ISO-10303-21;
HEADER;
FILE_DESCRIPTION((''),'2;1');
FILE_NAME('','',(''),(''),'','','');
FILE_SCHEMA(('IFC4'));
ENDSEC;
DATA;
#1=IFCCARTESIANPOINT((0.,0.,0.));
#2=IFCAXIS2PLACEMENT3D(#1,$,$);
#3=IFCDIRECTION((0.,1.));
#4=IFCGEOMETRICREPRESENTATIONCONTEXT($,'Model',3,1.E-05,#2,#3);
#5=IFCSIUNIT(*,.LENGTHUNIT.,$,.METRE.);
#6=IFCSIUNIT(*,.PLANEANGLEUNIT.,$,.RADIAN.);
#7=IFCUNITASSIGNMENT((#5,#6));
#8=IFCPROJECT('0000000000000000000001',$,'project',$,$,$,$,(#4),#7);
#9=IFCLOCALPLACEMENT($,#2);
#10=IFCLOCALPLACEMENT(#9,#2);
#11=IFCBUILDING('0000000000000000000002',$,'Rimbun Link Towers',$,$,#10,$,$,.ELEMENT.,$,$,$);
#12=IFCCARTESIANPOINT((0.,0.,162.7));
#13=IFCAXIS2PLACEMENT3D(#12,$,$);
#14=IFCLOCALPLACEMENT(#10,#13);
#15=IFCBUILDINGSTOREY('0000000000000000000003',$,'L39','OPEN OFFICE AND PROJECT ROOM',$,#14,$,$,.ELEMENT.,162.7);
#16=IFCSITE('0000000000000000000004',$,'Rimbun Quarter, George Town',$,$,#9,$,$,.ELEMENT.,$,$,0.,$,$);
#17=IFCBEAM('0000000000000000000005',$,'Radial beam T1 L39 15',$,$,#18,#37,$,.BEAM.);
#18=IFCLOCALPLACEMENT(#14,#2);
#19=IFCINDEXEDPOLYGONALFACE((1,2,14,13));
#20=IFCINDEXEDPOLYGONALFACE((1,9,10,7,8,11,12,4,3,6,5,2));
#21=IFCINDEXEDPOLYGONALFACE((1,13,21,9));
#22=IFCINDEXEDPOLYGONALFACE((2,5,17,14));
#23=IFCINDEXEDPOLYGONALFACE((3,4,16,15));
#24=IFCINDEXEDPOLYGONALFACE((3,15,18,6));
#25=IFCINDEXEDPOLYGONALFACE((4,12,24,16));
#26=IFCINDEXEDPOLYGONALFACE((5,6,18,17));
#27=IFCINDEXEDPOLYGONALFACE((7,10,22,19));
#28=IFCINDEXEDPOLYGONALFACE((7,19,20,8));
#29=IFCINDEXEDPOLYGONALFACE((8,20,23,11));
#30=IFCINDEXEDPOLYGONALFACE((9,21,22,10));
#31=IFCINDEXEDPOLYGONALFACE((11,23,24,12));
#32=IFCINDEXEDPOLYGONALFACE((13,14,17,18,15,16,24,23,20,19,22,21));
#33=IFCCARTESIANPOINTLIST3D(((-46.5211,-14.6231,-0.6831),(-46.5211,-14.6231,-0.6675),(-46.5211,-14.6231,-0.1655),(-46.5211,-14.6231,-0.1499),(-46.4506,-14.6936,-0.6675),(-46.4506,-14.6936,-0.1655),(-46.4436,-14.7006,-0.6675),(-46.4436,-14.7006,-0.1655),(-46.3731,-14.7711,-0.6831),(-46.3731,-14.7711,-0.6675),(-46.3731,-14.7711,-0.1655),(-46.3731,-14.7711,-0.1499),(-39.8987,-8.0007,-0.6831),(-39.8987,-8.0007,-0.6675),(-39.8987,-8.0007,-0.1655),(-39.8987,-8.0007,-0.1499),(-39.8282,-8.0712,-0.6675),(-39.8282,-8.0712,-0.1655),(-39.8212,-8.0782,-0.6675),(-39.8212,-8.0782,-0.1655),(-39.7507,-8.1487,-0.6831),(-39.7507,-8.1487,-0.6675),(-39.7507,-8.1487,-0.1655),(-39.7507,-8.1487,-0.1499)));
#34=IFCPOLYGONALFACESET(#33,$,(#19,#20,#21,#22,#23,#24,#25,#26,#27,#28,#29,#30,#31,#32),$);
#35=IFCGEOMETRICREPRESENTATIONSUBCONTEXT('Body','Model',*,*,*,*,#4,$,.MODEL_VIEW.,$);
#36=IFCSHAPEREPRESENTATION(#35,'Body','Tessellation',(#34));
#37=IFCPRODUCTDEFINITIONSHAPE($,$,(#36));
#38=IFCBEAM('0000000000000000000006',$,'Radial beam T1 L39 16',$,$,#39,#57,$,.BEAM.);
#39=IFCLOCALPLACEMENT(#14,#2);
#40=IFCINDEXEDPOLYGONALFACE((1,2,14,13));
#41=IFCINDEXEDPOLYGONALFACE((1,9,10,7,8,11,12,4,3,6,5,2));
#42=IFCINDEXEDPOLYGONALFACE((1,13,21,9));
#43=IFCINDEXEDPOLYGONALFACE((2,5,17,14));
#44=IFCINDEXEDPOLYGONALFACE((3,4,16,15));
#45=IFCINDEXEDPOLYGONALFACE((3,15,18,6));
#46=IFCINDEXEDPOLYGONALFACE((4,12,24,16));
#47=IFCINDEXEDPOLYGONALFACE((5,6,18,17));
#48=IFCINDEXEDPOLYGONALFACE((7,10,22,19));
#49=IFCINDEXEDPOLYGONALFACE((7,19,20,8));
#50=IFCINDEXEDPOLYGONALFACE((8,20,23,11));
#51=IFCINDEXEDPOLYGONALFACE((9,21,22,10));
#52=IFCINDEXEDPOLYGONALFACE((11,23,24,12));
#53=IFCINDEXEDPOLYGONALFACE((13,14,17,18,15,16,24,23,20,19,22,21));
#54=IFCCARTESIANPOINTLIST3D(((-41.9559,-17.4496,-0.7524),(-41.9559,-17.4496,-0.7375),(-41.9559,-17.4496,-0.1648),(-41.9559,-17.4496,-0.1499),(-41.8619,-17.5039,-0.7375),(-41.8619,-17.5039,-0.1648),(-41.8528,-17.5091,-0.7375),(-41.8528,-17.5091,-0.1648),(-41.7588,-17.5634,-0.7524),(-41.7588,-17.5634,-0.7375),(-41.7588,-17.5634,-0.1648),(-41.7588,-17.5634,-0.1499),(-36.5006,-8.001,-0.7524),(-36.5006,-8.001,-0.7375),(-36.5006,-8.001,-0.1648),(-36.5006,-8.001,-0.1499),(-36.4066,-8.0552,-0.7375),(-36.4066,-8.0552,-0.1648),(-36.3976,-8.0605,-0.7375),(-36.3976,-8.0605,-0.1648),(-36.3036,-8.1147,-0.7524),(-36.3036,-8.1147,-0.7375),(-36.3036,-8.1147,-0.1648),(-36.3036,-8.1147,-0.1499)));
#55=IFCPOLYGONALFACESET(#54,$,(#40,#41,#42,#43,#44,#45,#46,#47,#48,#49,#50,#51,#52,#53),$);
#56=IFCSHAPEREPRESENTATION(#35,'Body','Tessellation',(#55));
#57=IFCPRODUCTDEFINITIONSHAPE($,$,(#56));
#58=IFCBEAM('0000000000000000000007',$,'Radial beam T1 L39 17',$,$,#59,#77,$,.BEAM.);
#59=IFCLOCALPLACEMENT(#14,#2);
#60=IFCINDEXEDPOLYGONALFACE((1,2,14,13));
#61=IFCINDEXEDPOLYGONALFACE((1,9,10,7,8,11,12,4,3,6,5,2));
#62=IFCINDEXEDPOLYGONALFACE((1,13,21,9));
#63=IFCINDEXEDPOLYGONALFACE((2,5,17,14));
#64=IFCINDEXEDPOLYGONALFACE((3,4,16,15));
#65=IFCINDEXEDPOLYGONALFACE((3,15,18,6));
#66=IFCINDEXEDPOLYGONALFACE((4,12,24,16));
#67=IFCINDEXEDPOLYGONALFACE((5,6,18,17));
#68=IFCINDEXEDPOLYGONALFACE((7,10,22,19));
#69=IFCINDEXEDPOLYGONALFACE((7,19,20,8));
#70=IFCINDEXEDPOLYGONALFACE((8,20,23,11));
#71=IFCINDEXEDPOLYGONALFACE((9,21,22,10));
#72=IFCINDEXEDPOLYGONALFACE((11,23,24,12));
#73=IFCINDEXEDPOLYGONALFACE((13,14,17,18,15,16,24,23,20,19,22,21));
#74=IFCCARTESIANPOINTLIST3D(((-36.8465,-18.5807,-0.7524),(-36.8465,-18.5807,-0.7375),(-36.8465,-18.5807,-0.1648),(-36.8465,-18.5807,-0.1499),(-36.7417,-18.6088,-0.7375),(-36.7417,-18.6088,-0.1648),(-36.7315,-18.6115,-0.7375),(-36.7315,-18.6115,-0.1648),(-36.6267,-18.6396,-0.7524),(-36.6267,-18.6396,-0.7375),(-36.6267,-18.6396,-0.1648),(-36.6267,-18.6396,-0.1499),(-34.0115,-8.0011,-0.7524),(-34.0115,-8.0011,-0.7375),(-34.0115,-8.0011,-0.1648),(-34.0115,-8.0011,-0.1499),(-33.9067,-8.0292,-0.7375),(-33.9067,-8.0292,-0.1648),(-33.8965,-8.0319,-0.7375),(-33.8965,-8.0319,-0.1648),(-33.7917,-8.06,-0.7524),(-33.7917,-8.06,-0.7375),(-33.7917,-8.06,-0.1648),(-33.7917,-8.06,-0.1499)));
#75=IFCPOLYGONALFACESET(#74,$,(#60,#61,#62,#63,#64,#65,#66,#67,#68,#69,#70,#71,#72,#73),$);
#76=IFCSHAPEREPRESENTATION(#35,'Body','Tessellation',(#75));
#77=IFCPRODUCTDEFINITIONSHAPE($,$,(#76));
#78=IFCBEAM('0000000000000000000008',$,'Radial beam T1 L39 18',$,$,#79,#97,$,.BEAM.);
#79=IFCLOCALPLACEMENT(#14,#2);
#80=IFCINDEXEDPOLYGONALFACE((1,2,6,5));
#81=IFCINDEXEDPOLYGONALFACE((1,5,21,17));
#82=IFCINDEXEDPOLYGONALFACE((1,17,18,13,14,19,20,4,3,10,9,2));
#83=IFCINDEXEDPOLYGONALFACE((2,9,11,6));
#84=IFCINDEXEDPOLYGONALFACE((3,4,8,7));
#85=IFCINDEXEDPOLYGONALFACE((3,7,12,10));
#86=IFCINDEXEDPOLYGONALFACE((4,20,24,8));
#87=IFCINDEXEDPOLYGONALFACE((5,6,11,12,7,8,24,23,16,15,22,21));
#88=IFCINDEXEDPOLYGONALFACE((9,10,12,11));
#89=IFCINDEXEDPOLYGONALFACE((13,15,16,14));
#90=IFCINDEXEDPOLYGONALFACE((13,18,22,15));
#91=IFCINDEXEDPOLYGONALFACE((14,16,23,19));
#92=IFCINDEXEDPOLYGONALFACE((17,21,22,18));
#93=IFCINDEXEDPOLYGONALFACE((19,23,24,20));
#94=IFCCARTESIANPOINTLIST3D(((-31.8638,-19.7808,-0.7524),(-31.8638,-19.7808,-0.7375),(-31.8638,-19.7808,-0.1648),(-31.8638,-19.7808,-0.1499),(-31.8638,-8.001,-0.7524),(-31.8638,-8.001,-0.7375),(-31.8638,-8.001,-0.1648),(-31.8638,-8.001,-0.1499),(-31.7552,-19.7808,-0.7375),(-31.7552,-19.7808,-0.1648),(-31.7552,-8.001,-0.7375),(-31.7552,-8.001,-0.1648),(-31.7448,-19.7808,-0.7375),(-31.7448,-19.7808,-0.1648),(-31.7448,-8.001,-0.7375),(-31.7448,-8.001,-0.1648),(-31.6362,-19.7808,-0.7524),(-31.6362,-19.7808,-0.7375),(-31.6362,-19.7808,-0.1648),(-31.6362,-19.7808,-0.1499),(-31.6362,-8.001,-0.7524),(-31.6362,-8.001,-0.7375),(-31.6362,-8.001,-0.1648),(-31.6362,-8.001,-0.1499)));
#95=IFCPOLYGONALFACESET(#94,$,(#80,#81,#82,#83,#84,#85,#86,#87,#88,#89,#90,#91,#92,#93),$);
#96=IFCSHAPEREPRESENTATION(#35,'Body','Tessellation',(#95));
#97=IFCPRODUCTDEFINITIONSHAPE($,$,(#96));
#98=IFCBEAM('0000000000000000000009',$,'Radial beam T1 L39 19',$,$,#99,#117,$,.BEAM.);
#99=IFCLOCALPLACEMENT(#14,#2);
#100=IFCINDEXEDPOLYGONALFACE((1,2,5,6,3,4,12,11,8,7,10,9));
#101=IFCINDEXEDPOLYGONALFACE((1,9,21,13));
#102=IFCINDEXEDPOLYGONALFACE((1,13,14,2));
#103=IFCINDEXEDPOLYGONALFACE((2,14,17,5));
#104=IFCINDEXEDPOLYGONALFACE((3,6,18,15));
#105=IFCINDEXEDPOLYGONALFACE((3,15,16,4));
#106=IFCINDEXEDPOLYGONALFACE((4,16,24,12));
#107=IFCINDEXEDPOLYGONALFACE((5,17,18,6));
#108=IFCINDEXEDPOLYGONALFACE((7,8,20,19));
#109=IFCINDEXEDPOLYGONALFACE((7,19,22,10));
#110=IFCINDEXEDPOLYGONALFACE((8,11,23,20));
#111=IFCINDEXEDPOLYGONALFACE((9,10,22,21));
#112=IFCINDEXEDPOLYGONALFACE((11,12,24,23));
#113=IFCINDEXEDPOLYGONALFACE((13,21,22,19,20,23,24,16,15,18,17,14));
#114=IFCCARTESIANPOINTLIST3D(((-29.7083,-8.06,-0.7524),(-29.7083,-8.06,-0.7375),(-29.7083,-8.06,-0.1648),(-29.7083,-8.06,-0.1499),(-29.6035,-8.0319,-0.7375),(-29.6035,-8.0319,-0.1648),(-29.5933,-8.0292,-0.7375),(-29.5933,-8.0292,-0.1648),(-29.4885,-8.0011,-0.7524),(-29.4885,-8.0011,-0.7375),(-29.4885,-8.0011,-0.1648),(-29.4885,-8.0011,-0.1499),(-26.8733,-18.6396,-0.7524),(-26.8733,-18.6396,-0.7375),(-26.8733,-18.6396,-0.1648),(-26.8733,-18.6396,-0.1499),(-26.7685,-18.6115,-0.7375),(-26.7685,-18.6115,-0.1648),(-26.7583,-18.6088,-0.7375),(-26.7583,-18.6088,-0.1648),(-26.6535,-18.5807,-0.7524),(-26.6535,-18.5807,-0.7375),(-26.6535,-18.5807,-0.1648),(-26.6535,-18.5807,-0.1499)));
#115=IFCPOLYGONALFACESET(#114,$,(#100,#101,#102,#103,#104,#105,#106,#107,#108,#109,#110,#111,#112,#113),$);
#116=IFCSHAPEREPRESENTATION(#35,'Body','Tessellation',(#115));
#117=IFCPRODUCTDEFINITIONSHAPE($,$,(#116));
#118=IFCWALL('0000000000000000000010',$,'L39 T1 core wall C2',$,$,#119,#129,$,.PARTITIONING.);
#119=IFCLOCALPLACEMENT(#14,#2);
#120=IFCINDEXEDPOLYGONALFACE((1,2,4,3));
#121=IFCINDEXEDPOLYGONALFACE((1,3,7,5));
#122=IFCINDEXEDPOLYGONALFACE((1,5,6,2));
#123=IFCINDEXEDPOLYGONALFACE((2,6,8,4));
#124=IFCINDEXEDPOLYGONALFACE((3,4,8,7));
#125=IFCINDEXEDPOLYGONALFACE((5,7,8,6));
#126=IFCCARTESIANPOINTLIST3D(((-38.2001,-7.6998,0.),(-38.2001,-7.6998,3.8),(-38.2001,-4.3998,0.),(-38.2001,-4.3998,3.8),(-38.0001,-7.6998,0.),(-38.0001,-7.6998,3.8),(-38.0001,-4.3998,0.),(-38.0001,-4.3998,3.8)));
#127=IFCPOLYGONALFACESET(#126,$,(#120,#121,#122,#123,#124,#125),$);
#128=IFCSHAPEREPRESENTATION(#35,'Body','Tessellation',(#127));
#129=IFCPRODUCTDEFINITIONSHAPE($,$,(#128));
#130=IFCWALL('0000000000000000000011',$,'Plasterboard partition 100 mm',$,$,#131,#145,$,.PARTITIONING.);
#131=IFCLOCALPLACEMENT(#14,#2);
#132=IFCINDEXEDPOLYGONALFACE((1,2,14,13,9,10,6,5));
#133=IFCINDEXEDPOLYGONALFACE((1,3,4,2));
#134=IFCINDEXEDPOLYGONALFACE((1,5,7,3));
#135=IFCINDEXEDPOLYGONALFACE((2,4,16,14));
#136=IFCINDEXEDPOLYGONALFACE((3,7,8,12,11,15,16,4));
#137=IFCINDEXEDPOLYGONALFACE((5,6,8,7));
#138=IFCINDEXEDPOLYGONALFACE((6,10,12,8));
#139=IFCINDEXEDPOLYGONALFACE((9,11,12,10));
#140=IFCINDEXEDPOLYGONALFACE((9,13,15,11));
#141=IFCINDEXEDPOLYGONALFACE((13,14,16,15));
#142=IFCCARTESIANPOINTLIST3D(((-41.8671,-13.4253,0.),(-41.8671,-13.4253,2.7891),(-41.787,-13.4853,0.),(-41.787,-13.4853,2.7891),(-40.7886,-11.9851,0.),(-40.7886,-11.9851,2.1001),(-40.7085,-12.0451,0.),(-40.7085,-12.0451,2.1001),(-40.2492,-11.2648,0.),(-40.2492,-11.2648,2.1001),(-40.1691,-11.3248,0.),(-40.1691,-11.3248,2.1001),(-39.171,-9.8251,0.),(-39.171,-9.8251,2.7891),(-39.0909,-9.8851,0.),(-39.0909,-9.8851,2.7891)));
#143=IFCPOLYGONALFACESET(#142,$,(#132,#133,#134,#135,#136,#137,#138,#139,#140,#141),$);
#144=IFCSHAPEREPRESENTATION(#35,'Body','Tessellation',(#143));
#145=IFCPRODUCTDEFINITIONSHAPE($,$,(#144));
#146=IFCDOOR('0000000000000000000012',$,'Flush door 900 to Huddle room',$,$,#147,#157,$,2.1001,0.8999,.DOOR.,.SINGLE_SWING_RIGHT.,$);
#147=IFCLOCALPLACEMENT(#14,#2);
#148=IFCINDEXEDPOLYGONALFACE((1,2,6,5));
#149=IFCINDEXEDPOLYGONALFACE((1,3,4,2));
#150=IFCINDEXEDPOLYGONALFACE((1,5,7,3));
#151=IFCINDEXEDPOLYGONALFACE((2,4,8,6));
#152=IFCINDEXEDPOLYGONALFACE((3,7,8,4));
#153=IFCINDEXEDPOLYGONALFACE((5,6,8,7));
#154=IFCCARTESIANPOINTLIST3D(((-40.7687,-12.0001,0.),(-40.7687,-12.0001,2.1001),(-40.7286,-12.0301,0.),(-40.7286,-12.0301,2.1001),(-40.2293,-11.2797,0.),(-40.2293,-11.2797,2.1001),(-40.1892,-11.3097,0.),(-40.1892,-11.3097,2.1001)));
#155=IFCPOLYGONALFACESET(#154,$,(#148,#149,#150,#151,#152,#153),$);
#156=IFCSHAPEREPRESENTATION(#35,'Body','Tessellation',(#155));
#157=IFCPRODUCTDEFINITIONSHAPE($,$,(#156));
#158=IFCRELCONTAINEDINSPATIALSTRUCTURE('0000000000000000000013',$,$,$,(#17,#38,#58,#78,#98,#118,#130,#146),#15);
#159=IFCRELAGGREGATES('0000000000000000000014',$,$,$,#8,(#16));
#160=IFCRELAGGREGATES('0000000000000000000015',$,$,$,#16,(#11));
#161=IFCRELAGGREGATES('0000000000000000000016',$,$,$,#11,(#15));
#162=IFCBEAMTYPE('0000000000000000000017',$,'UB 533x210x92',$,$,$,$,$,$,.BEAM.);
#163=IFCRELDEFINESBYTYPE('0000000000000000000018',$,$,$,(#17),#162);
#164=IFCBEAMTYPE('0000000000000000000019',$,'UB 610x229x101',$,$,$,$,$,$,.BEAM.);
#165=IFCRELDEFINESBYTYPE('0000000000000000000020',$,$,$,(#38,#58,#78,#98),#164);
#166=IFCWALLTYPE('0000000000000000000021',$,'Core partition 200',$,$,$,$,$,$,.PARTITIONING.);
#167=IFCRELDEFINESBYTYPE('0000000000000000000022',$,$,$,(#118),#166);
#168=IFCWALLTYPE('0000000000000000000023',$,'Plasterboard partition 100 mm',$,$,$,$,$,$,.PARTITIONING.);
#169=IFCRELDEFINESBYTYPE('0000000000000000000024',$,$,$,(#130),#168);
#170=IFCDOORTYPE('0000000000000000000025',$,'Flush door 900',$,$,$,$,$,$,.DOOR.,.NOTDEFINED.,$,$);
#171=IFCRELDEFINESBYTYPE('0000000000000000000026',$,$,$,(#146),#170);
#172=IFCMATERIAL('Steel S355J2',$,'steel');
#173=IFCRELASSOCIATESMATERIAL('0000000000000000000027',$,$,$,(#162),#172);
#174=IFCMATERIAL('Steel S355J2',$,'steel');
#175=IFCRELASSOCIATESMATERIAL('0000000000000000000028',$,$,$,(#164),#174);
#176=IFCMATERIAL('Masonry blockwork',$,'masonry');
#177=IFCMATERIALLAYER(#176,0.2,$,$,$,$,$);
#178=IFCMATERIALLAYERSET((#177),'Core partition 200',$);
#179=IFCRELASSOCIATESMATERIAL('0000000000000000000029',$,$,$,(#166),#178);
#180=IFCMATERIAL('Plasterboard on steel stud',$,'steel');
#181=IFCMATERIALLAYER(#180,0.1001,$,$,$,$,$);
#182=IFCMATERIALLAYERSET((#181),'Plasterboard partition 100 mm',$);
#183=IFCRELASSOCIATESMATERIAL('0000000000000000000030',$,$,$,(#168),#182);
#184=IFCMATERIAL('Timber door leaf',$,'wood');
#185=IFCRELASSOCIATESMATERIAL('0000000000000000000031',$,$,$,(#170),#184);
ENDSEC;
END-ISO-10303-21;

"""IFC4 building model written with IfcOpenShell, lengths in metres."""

from ifc_helpers import new_model, si_unit, direction, frame, frame_2d, origin, origin_2d, place, context, subcontext, project, spatial, rectangle, i_section, extrude, material, layer, layer_set, material_profile, profile_set, type_object, element, fill, save


model = new_model("IFC4")

# Units and contexts
model_context = context("Model", 3, precision=1e-05, world=origin(), true_north=direction((0.0, 1.0)))
body_context = subcontext(model_context, "Body", "Model", "MODEL_VIEW")
ifc_project = project(units=[si_unit("LENGTHUNIT", "METRE"), si_unit("PLANEANGLEUNIT", "RADIAN")], contexts=[model_context])

# Site, building, storey
site_placement = place(None, origin())
site = spatial("IfcSite", under=ifc_project, at=site_placement, Name="Rimbun Quarter, George Town", CompositionType="ELEMENT", RefElevation=0.0)
building_placement = place(site_placement, origin())
building = spatial("IfcBuilding", under=site, at=building_placement, Name="Rimbun Link Towers", CompositionType="ELEMENT")
storey_placement = place(building_placement, frame((0.0, 0.0, 162.7)))
storey = spatial("IfcBuildingStorey", under=building, at=storey_placement, Name="L39", Description="OPEN OFFICE AND PROJECT ROOM", CompositionType="ELEMENT", Elevation=162.7)

# Beams
ifc_material_1 = material(Name="Steel S355J2", Category="steel")
ifc_material_profile_1 = material_profile(ifc_material_1, i_section(OverallWidth=0.2092, OverallDepth=0.5332, WebThickness=0.01, FlangeThickness=0.0156, at=origin_2d()), Name="UB 533x210x92")
ifc_profile_set_1 = profile_set([ifc_material_profile_1], Name="Steel S355J2")
beam_type_1 = type_object("IfcBeamType", Name="UB 533x210x92", PredefinedType="BEAM", material=ifc_profile_set_1)
beam_1_placement = place(storey_placement, frame((-39.8247, -8.0747, -0.4165), z_axis=(-0.707107, -0.707107, 0.0), x_axis=(0.707107, -0.707107, 0.0)))
element("IfcBeam", 1, at=beam_1_placement, inside=storey, type_object=beam_type_1, Name="Radial beam T1 L39 15", PredefinedType="BEAM", context=body_context, shape_type="SweptSolid", body=[
    extrude(i_section(OverallWidth=0.2092, OverallDepth=0.5332, WebThickness=0.01, FlangeThickness=0.0156, at=origin_2d()), origin(), (0.0, 0.0, 1.0), 9.3655),
])
ifc_material_2 = material(Name="Steel S355J2", Category="steel")
ifc_material_profile_2 = material_profile(ifc_material_2, i_section(OverallWidth=0.2275, OverallDepth=0.6025, WebThickness=0.0105, FlangeThickness=0.0149, at=origin_2d()), Name="UB 610x229x101")
ifc_profile_set_2 = profile_set([ifc_material_profile_2], Name="Steel S355J2")
beam_type_2 = type_object("IfcBeamType", Name="UB 610x229x101", PredefinedType="BEAM", material=ifc_profile_set_2)
beam_2_placement = place(storey_placement, frame((-36.4021, -8.0579, -0.4512), z_axis=(-0.500007, -0.866022, 0.0), x_axis=(0.866022, -0.500007, 0.0)))
element("IfcBeam", 2, at=beam_2_placement, inside=storey, type_object=beam_type_2, Name="Radial beam T1 L39 16", PredefinedType="BEAM", context=body_context, shape_type="SweptSolid", body=[
    extrude(i_section(OverallWidth=0.2275, OverallDepth=0.6025, WebThickness=0.0105, FlangeThickness=0.0149, at=origin_2d()), origin(), (0.0, 0.0, 1.0), 10.9104),
])
beam_3_placement = place(storey_placement, frame((-33.9016, -8.0305, -0.4512), z_axis=(-0.258833, -0.965922, 0.0), x_axis=(0.965922, -0.258833, 0.0)))
element("IfcBeam", 3, at=beam_3_placement, inside=storey, type_object=beam_type_2, Name="Radial beam T1 L39 17", PredefinedType="BEAM", context=body_context, shape_type="SweptSolid", body=[
    extrude(i_section(OverallWidth=0.2275, OverallDepth=0.6025, WebThickness=0.0105, FlangeThickness=0.0149, at=origin_2d()), origin(), (0.0, 0.0, 1.0), 10.9529),
])
beam_4_placement = place(storey_placement, frame((-31.75, -8.001, -0.4512), z_axis=(0.0, -1.0, 0.0), x_axis=(1.0, 0.0, 0.0)))
element("IfcBeam", 4, at=beam_4_placement, inside=storey, type_object=beam_type_2, Name="Radial beam T1 L39 18", PredefinedType="BEAM", context=body_context, shape_type="SweptSolid", body=[
    extrude(i_section(OverallWidth=0.2275, OverallDepth=0.6025, WebThickness=0.0105, FlangeThickness=0.0149, at=origin_2d()), origin(), (0.0, 0.0, 1.0), 11.7798),
])
beam_5_placement = place(storey_placement, frame((-29.5984, -8.0305, -0.4512), z_axis=(0.258833, -0.965922, 0.0), x_axis=(0.965922, 0.258833, 0.0)))
element("IfcBeam", 5, at=beam_5_placement, inside=storey, type_object=beam_type_2, Name="Radial beam T1 L39 19", PredefinedType="BEAM", context=body_context, shape_type="SweptSolid", body=[
    extrude(i_section(OverallWidth=0.2275, OverallDepth=0.6025, WebThickness=0.0105, FlangeThickness=0.0149, at=origin_2d()), origin(), (0.0, 0.0, 1.0), 10.9529),
])

# Wall
ifc_material_3 = material(Name="Masonry blockwork", Category="masonry")
ifc_layer_1 = layer(ifc_material_3, 0.2)
ifc_layer_set_1 = layer_set([ifc_layer_1], Name="Core partition 200")
wall_type_1 = type_object("IfcWallType", Name="Core partition 200", PredefinedType="PARTITIONING", material=ifc_layer_set_1)
wall_1_placement = place(storey_placement, frame((-38.1001, -4.3999, 0.0), z_axis=(0.0, 0.0, 1.0), x_axis=(0.0, -1.0, 0.0)))
element("IfcWall", 6, at=wall_1_placement, inside=storey, type_object=wall_type_1, Name="L39 T1 core wall C2", PredefinedType="PARTITIONING", context=body_context, shape_type="SweptSolid", body=[
    extrude(rectangle(XDim=3.3, YDim=0.2, at=frame_2d((1.6499, 0.0))), origin(), (0.0, 0.0, 1.0), 3.8),
])

# Wall, opening, door
ifc_material_4 = material(Name="Plasterboard on steel stud", Category="steel")
ifc_layer_2 = layer(ifc_material_4, 0.1001)
ifc_layer_set_2 = layer_set([ifc_layer_2], Name="Plasterboard partition 100 mm")
wall_type_2 = type_object("IfcWallType", Name="Plasterboard partition 100 mm", PredefinedType="PARTITIONING", material=ifc_layer_set_2)
wall_2_placement = place(storey_placement, frame((-39.1309, -9.855, 0.0), z_axis=(0.0, 0.0, 1.0), x_axis=(-0.599427, -0.80043, 0.0)))
wall_2 = element("IfcWall", 7, at=wall_2_placement, inside=storey, type_object=wall_type_2, Name="Plasterboard partition 100 mm", PredefinedType="PARTITIONING", context=body_context, shape_type="SweptSolid", body=[
    extrude(rectangle(XDim=4.4978, YDim=0.1001, at=frame_2d((2.249, 0.0))), origin(), (0.0, 0.0, 1.0), 2.7891),
])
opening_1_placement = place(wall_2_placement, frame((1.7988, 0.0, 0.0)))
opening_1 = element("IfcOpeningElement", 8, at=opening_1_placement, cuts=wall_2, PredefinedType="OPENING", context=body_context, shape_type="SweptSolid", body=[
    extrude(rectangle(XDim=0.8999, YDim=2.1001, at=frame_2d((0.45, 1.05))), frame((0.0, 0.0601, 0.0), z_axis=(0.0, -1.0, 0.0), x_axis=(1.0, 0.0, 0.0)), (0.0, 0.0, 1.0), 0.1201),
])
ifc_material_5 = material(Name="Timber door leaf", Category="wood")
door_type_1 = type_object("IfcDoorType", Name="Flush door 900", OperationType="NOTDEFINED", PredefinedType="DOOR", material=ifc_material_5)
door_1_placement = place(opening_1_placement, origin())
door_1 = element("IfcDoor", 9, at=door_1_placement, inside=storey, type_object=door_type_1, Name="Flush door 900 to Huddle room", OperationType="SINGLE_SWING_RIGHT", OverallHeight=2.1001, OverallWidth=0.8999, PredefinedType="DOOR", context=body_context, shape_type="SweptSolid", body=[
    extrude(rectangle(XDim=0.8999, YDim=2.1001, at=frame_2d((0.45, 1.05))), frame((0.0, 0.0249, 0.0), z_axis=(0.0, -1.0, 0.0), x_axis=(1.0, 0.0, 0.0)), (0.0, 0.0, 1.0), 0.05),
])
fill(opening_1, door_1)

save(model, "model.ifc")
